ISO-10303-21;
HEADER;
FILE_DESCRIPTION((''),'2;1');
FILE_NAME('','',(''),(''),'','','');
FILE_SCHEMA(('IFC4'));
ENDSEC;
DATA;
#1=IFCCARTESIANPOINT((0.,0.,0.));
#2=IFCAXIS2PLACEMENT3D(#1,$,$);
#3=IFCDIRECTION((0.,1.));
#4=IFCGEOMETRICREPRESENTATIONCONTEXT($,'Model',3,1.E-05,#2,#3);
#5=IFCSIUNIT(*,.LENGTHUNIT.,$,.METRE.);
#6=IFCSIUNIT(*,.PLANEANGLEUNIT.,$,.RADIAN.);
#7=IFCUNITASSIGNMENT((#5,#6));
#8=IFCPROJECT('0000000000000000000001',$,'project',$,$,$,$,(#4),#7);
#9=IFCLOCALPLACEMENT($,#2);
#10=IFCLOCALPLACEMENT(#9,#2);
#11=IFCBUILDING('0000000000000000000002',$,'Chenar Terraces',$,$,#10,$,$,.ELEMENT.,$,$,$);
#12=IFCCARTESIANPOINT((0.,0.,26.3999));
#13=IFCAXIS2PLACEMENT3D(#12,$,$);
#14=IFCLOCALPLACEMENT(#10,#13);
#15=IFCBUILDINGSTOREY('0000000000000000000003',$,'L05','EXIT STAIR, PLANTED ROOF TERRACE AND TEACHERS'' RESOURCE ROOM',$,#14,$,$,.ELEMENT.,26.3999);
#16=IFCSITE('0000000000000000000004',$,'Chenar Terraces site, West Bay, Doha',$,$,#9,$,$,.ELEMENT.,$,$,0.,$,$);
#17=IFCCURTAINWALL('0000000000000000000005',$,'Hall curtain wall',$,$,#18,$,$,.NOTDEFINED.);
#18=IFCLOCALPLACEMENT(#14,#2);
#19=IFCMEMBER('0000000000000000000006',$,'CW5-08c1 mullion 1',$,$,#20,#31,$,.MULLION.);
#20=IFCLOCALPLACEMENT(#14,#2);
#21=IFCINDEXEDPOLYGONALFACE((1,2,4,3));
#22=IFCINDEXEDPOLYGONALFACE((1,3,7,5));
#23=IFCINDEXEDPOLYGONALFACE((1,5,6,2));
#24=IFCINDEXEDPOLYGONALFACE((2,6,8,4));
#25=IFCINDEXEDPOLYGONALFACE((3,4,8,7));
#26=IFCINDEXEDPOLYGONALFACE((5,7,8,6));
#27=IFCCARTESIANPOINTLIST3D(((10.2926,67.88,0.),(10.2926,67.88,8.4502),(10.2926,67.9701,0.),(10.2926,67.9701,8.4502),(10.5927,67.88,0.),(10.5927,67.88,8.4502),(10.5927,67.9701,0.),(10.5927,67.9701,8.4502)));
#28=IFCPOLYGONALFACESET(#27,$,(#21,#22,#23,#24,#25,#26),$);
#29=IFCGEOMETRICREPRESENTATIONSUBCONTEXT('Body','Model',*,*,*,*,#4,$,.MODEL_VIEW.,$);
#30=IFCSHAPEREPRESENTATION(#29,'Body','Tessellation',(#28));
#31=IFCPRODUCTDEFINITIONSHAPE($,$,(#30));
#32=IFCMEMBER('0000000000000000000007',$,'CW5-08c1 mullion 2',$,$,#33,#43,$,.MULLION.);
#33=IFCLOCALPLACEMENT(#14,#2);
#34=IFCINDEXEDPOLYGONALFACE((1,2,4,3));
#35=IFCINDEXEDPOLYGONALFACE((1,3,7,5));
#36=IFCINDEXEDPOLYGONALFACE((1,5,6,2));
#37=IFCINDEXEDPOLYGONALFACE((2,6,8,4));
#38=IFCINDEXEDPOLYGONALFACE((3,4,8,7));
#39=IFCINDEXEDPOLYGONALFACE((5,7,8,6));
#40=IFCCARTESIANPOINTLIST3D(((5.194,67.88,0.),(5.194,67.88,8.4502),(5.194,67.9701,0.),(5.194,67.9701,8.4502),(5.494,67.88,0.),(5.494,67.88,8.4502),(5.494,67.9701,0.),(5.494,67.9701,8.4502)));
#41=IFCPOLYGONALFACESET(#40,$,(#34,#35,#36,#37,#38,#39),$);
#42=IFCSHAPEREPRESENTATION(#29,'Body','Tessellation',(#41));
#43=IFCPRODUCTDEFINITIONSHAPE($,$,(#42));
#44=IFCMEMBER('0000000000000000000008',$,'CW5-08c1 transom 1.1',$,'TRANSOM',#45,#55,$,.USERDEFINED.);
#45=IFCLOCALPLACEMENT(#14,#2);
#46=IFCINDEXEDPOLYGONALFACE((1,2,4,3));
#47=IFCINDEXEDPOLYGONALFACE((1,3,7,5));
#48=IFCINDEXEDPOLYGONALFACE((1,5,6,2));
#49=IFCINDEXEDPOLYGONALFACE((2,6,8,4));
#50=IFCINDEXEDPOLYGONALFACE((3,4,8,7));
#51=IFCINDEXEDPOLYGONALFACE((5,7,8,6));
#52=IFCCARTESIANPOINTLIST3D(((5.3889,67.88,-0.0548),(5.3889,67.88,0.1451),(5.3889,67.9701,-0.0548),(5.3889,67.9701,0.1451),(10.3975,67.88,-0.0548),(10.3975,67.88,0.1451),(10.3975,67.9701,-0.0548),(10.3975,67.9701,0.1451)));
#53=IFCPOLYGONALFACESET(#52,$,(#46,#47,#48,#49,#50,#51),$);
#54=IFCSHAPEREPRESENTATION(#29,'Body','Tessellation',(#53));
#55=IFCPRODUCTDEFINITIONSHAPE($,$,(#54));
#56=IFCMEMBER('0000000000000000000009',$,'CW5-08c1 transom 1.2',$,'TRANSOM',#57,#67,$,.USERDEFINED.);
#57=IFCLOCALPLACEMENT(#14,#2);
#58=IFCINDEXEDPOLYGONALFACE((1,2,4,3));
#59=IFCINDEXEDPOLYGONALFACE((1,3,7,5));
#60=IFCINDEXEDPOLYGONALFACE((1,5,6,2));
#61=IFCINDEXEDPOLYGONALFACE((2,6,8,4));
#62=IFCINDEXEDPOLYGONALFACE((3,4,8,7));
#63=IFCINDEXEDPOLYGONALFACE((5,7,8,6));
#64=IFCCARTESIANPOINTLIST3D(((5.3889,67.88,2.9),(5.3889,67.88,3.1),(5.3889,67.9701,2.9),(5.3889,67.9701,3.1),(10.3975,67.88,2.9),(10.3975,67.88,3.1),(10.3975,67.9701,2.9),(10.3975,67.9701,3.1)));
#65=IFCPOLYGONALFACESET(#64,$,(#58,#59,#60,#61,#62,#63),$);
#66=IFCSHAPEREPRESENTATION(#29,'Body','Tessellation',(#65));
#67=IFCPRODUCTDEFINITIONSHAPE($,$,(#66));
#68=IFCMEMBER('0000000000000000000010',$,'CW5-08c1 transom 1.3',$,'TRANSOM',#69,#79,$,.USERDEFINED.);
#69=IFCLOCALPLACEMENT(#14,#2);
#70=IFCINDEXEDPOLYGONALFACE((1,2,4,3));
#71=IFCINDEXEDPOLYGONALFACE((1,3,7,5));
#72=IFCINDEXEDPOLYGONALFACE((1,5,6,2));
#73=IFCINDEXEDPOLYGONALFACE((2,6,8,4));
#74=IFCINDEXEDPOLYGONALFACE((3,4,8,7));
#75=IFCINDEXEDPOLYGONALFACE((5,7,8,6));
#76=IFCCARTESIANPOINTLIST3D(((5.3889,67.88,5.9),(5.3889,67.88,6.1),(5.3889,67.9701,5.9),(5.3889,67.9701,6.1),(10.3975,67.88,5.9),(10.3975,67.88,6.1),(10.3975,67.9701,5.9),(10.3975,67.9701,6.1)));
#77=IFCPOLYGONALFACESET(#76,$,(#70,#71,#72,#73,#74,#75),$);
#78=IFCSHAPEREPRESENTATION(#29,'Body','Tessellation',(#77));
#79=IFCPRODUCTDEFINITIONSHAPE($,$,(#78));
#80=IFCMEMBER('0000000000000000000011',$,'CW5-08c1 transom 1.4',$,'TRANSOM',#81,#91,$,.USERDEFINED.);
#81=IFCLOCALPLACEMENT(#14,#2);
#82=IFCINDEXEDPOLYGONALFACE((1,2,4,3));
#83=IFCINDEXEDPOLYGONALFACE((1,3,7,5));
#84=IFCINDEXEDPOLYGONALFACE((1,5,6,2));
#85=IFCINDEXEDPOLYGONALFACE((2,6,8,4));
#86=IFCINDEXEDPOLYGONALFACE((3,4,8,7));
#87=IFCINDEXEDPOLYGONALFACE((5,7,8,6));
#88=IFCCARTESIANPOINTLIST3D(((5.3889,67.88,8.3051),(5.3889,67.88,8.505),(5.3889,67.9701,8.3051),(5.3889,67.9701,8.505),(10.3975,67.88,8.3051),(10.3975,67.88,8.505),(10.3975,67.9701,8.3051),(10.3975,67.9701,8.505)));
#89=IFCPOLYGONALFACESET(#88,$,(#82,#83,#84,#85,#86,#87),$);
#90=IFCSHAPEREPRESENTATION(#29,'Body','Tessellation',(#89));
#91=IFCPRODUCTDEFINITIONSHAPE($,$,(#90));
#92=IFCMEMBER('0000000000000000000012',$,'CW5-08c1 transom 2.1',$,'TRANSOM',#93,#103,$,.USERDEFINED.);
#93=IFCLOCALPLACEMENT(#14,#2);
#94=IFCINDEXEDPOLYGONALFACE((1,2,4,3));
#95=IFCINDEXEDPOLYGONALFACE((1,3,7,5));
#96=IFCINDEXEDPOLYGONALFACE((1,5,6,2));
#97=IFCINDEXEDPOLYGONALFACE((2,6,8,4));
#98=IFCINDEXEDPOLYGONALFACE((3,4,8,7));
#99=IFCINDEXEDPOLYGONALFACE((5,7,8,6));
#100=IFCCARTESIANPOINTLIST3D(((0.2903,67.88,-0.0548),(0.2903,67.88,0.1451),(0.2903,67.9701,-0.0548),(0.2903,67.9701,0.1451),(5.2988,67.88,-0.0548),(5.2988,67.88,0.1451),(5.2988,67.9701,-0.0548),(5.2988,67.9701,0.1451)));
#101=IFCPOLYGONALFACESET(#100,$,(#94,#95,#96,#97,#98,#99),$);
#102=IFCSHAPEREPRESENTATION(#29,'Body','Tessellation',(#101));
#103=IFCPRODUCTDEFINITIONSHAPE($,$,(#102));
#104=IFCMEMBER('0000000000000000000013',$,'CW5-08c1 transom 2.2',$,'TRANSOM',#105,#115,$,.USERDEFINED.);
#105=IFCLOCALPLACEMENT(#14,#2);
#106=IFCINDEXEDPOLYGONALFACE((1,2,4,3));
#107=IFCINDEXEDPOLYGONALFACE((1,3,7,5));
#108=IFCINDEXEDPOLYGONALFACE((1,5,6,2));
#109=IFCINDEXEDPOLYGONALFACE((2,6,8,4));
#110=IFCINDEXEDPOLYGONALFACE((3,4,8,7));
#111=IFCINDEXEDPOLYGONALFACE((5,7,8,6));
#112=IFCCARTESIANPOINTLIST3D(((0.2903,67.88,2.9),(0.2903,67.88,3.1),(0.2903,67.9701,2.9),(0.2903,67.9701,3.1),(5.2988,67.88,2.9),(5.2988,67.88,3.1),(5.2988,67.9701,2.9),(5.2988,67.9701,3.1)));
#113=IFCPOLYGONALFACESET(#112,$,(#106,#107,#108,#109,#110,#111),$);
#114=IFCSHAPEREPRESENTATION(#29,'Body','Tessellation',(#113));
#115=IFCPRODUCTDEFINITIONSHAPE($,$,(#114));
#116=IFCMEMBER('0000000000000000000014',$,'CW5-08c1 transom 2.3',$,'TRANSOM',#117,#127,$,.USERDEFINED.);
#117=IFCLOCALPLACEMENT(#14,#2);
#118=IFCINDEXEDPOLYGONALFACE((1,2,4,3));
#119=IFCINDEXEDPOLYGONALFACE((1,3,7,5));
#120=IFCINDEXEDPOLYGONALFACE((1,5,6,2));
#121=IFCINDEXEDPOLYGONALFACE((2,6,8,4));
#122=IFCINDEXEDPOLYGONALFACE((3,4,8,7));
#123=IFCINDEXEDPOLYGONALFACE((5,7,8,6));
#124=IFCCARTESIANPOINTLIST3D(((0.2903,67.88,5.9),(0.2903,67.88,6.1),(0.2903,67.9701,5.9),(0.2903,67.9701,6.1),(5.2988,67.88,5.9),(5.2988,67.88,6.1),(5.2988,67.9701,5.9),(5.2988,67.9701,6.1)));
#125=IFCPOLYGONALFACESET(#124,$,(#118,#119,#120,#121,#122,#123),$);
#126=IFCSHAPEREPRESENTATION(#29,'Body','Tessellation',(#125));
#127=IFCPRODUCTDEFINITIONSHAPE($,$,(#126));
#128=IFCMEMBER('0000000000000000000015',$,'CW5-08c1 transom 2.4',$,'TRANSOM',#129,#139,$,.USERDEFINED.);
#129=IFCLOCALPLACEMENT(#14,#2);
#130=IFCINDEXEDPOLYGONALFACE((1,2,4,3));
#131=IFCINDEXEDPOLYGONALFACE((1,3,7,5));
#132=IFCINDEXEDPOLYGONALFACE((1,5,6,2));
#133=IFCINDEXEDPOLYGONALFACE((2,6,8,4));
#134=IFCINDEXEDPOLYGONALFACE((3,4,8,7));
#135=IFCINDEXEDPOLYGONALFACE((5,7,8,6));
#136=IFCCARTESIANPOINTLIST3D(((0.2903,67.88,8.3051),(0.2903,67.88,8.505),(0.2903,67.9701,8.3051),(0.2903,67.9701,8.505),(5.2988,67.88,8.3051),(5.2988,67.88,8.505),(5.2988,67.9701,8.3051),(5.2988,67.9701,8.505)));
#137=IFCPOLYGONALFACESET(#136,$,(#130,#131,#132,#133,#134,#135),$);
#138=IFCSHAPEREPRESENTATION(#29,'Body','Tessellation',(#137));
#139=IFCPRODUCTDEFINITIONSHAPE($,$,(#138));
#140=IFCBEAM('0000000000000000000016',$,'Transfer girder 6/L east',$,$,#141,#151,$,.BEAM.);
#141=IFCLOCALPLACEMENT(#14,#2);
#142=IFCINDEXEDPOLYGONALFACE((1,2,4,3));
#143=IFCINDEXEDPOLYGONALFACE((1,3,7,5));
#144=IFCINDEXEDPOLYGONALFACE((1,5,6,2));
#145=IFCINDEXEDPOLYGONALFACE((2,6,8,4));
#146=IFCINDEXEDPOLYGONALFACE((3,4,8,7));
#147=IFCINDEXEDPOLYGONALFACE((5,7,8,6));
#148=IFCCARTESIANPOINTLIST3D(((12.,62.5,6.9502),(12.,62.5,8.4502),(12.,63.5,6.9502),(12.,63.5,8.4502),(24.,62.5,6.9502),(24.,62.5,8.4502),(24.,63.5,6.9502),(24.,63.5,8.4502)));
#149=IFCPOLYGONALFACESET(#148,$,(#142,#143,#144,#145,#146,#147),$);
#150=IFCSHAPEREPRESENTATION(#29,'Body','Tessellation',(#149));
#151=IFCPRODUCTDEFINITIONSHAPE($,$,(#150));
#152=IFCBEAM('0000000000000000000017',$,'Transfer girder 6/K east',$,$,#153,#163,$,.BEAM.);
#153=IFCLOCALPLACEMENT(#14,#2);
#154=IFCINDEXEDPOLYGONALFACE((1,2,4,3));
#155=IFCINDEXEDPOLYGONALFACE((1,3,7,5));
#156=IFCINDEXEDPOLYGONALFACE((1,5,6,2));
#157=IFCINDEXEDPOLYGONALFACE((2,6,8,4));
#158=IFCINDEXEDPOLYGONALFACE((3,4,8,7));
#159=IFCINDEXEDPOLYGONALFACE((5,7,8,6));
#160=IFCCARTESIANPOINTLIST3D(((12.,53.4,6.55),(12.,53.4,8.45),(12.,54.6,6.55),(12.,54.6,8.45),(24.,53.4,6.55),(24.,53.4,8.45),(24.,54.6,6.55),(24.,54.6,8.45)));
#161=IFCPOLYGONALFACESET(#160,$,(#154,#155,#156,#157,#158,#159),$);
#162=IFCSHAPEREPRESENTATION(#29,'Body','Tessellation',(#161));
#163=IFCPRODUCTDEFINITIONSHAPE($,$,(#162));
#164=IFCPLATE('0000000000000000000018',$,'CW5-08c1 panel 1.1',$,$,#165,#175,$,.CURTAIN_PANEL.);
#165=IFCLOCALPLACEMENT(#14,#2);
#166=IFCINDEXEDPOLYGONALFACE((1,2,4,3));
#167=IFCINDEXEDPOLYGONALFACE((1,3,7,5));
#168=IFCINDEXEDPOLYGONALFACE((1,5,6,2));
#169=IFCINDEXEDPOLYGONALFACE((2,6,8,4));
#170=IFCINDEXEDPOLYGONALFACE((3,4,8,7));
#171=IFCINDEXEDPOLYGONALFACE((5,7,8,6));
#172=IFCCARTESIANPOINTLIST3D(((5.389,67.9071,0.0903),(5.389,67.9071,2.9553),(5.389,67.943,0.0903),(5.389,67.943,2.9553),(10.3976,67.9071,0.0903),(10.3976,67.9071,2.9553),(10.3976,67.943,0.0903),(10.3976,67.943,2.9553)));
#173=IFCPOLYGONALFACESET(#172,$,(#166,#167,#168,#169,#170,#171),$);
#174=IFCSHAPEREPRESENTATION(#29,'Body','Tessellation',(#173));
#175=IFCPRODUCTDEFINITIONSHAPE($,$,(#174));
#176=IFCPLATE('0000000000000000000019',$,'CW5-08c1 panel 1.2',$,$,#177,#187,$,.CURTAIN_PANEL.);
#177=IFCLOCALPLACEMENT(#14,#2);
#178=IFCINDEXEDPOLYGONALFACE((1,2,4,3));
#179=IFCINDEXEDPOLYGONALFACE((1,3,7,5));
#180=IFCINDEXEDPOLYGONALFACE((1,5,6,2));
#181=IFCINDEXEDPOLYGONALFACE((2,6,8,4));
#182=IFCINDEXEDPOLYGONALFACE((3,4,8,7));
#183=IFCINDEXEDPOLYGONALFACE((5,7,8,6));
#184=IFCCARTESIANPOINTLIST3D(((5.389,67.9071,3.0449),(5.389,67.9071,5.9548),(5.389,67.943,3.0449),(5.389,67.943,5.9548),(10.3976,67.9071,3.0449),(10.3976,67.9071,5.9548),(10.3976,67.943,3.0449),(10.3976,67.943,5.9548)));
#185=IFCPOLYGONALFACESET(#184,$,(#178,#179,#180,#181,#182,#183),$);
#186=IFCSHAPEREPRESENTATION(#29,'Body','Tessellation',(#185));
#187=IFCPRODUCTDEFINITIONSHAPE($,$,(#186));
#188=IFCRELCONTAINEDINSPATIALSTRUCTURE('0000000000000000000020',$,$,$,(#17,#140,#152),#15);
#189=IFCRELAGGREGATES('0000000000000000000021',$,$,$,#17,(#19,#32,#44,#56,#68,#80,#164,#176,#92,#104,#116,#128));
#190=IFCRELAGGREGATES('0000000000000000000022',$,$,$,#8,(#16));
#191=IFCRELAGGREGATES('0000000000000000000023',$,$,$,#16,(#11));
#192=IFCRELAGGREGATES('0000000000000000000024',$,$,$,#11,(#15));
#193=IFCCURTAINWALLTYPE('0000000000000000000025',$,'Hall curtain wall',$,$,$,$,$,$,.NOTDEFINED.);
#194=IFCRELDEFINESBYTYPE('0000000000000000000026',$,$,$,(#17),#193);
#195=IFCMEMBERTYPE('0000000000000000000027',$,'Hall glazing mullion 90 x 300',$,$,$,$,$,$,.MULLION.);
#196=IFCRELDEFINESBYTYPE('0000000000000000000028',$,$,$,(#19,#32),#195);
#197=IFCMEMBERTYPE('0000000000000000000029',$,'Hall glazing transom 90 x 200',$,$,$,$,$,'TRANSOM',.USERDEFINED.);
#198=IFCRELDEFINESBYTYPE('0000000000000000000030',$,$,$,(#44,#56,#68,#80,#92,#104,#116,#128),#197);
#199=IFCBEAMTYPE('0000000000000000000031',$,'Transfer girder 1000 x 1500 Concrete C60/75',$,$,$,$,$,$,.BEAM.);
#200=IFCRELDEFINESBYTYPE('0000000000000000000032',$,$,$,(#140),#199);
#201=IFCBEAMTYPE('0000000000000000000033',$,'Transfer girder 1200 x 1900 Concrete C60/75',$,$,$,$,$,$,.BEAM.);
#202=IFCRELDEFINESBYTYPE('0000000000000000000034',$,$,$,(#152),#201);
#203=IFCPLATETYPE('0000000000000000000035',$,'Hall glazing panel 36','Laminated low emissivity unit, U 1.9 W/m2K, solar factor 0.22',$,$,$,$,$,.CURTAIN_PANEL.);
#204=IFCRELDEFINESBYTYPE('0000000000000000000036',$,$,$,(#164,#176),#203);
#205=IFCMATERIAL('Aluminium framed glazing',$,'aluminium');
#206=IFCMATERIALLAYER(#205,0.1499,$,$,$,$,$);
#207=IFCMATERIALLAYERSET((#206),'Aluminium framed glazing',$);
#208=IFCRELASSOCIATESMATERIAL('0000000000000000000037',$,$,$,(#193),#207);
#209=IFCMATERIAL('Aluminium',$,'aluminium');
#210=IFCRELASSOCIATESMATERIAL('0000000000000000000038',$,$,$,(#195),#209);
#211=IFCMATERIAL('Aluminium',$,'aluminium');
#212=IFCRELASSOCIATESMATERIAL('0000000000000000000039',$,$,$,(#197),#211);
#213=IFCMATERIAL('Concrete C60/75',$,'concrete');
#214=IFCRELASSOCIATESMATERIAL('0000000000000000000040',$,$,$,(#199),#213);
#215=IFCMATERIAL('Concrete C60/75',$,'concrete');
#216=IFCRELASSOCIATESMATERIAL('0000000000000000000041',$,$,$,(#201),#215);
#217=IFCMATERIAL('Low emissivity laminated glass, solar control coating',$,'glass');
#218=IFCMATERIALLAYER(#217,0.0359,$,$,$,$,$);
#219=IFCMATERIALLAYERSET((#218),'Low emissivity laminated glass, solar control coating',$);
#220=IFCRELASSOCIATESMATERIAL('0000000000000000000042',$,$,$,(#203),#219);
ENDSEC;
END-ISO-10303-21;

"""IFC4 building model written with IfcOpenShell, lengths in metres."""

from ifc_helpers import new_model, si_unit, direction, frame, frame_2d, origin, origin_2d, place, context, subcontext, project, spatial, rectangle, extrude, material, layer, layer_set, material_profile, profile_set, type_object, element, aggregate, save


model = new_model("IFC4")

# Units and contexts
model_context = context("Model", 3, precision=1e-05, world=origin(), true_north=direction((0.0, 1.0)))
body_context = subcontext(model_context, "Body", "Model", "MODEL_VIEW")
ifc_project = project(units=[si_unit("LENGTHUNIT", "METRE"), si_unit("PLANEANGLEUNIT", "RADIAN")], contexts=[model_context])

# Site, building, storey
site_placement = place(None, origin())
site = spatial("IfcSite", under=ifc_project, at=site_placement, Name="Chenar Terraces site, West Bay, Doha", CompositionType="ELEMENT", RefElevation=0.0)
building_placement = place(site_placement, origin())
building = spatial("IfcBuilding", under=site, at=building_placement, Name="Chenar Terraces", CompositionType="ELEMENT")
storey_placement = place(building_placement, frame((0.0, 0.0, 26.3999)))
storey = spatial("IfcBuildingStorey", under=building, at=storey_placement, Name="L05", Description="EXIT STAIR, PLANTED ROOF TERRACE AND TEACHERS' RESOURCE ROOM", CompositionType="ELEMENT", Elevation=26.3999)

# Curtain wall, members
ifc_material_1 = material(Name="Aluminium framed glazing", Category="aluminium")
ifc_layer_1 = layer(ifc_material_1, 0.1499)
ifc_layer_set_1 = layer_set([ifc_layer_1], Name="Aluminium framed glazing")
curtain_wall_type = type_object("IfcCurtainWallType", Name="Hall curtain wall", PredefinedType="NOTDEFINED", material=ifc_layer_set_1)
placement = place(storey_placement, origin())
curtain_wall = element("IfcCurtainWall", 1, at=placement, inside=storey, type_object=curtain_wall_type, Name="Hall curtain wall", PredefinedType="NOTDEFINED")
ifc_material_2 = material(Name="Aluminium", Category="aluminium")
ifc_material_profile_1 = material_profile(ifc_material_2, rectangle(XDim=0.0901, YDim=0.3, at=origin_2d()), Name="Hall glazing mullion 90 x 300")
ifc_profile_set_1 = profile_set([ifc_material_profile_1], Name="Aluminium")
member_type_1 = type_object("IfcMemberType", Name="Hall glazing mullion 90 x 300", PredefinedType="MULLION", material=ifc_profile_set_1)
member_1_placement = place(storey_placement, frame((10.4426, 67.925, 0.0), z_axis=(0.0, 0.0, 1.0), x_axis=(0.0, -1.0, 0.0)))
member_1 = element("IfcMember", 2, at=member_1_placement, type_object=member_type_1, Name="CW5-08c1 mullion 1", PredefinedType="MULLION", context=body_context, shape_type="SweptSolid", body=[
    extrude(rectangle(XDim=0.0901, YDim=0.3, at=origin_2d()), origin(), (0.0, 0.0, 1.0), 8.4502),
])
member_2_placement = place(storey_placement, frame((5.344, 67.925, 0.0), z_axis=(0.0, 0.0, 1.0), x_axis=(0.0, -1.0, 0.0)))
member_2 = element("IfcMember", 3, at=member_2_placement, type_object=member_type_1, Name="CW5-08c1 mullion 2", PredefinedType="MULLION", context=body_context, shape_type="SweptSolid", body=[
    extrude(rectangle(XDim=0.0901, YDim=0.3, at=origin_2d()), origin(), (0.0, 0.0, 1.0), 8.4502),
])
ifc_material_3 = material(Name="Aluminium", Category="aluminium")
ifc_material_profile_2 = material_profile(ifc_material_3, rectangle(XDim=0.0901, YDim=0.2, at=origin_2d()), Name="Hall glazing transom 90 x 200")
ifc_profile_set_2 = profile_set([ifc_material_profile_2], Name="Aluminium")
member_type_2 = type_object("IfcMemberType", Name="Hall glazing transom 90 x 200", ElementType="TRANSOM", PredefinedType="USERDEFINED", material=ifc_profile_set_2)
member_3_placement = place(storey_placement, frame((10.3975, 67.925, 0.0452), z_axis=(-1.0, 0.0, 0.0), x_axis=(0.0, -1.0, 0.0)))
member_3 = element("IfcMember", 4, at=member_3_placement, type_object=member_type_2, Name="CW5-08c1 transom 1.1", ObjectType="TRANSOM", PredefinedType="USERDEFINED", context=body_context, shape_type="SweptSolid", body=[
    extrude(rectangle(XDim=0.0901, YDim=0.2, at=origin_2d()), origin(), (0.0, 0.0, 1.0), 5.0085),
])
member_4_placement = place(storey_placement, frame((10.3975, 67.925, 3.0), z_axis=(-1.0, 0.0, 0.0), x_axis=(0.0, -1.0, 0.0)))
member_4 = element("IfcMember", 5, at=member_4_placement, type_object=member_type_2, Name="CW5-08c1 transom 1.2", ObjectType="TRANSOM", PredefinedType="USERDEFINED", context=body_context, shape_type="SweptSolid", body=[
    extrude(rectangle(XDim=0.0901, YDim=0.2, at=origin_2d()), origin(), (0.0, 0.0, 1.0), 5.0085),
])
member_5_placement = place(storey_placement, frame((10.3975, 67.925, 6.0), z_axis=(-1.0, 0.0, 0.0), x_axis=(0.0, -1.0, 0.0)))
member_5 = element("IfcMember", 6, at=member_5_placement, type_object=member_type_2, Name="CW5-08c1 transom 1.3", ObjectType="TRANSOM", PredefinedType="USERDEFINED", context=body_context, shape_type="SweptSolid", body=[
    extrude(rectangle(XDim=0.0901, YDim=0.2, at=origin_2d()), origin(), (0.0, 0.0, 1.0), 5.0085),
])
member_6_placement = place(storey_placement, frame((10.3975, 67.925, 8.405), z_axis=(-1.0, 0.0, 0.0), x_axis=(0.0, -1.0, 0.0)))
member_6 = element("IfcMember", 7, at=member_6_placement, type_object=member_type_2, Name="CW5-08c1 transom 1.4", ObjectType="TRANSOM", PredefinedType="USERDEFINED", context=body_context, shape_type="SweptSolid", body=[
    extrude(rectangle(XDim=0.0901, YDim=0.2, at=origin_2d()), origin(), (0.0, 0.0, 1.0), 5.0085),
])
member_7_placement = place(storey_placement, frame((5.2988, 67.925, 0.0452), z_axis=(-1.0, 0.0, 0.0), x_axis=(0.0, -1.0, 0.0)))
member_7 = element("IfcMember", 8, at=member_7_placement, type_object=member_type_2, Name="CW5-08c1 transom 2.1", ObjectType="TRANSOM", PredefinedType="USERDEFINED", context=body_context, shape_type="SweptSolid", body=[
    extrude(rectangle(XDim=0.0901, YDim=0.2, at=origin_2d()), origin(), (0.0, 0.0, 1.0), 5.0085),
])
member_8_placement = place(storey_placement, frame((5.2988, 67.925, 3.0), z_axis=(-1.0, 0.0, 0.0), x_axis=(0.0, -1.0, 0.0)))
member_8 = element("IfcMember", 9, at=member_8_placement, type_object=member_type_2, Name="CW5-08c1 transom 2.2", ObjectType="TRANSOM", PredefinedType="USERDEFINED", context=body_context, shape_type="SweptSolid", body=[
    extrude(rectangle(XDim=0.0901, YDim=0.2, at=origin_2d()), origin(), (0.0, 0.0, 1.0), 5.0085),
])
member_9_placement = place(storey_placement, frame((5.2988, 67.925, 6.0), z_axis=(-1.0, 0.0, 0.0), x_axis=(0.0, -1.0, 0.0)))
member_9 = element("IfcMember", 10, at=member_9_placement, type_object=member_type_2, Name="CW5-08c1 transom 2.3", ObjectType="TRANSOM", PredefinedType="USERDEFINED", context=body_context, shape_type="SweptSolid", body=[
    extrude(rectangle(XDim=0.0901, YDim=0.2, at=origin_2d()), origin(), (0.0, 0.0, 1.0), 5.0085),
])
member_10_placement = place(storey_placement, frame((5.2988, 67.925, 8.405), z_axis=(-1.0, 0.0, 0.0), x_axis=(0.0, -1.0, 0.0)))
member_10 = element("IfcMember", 11, at=member_10_placement, type_object=member_type_2, Name="CW5-08c1 transom 2.4", ObjectType="TRANSOM", PredefinedType="USERDEFINED", context=body_context, shape_type="SweptSolid", body=[
    extrude(rectangle(XDim=0.0901, YDim=0.2, at=origin_2d()), origin(), (0.0, 0.0, 1.0), 5.0085),
])

# Beams
ifc_material_4 = material(Name="Concrete C60/75", Category="concrete")
ifc_material_profile_3 = material_profile(ifc_material_4, rectangle(XDim=1.0, YDim=1.5, at=origin_2d()), Name="RC 1000 x 1500")
ifc_profile_set_3 = profile_set([ifc_material_profile_3], Name="Concrete C60/75")
beam_type_1 = type_object("IfcBeamType", Name="Transfer girder 1000 x 1500 Concrete C60/75", PredefinedType="BEAM", material=ifc_profile_set_3)
beam_1_placement = place(storey_placement, frame((12.0, 63.0, 8.4502), z_axis=(1.0, 0.0, 0.0), x_axis=(0.0, 1.0, 0.0)))
element("IfcBeam", 12, at=beam_1_placement, inside=storey, type_object=beam_type_1, Name="Transfer girder 6/L east", PredefinedType="BEAM", context=body_context, shape_type="SweptSolid", body=[
    extrude(rectangle(XDim=1.0, YDim=1.5, at=frame_2d((0.0, -0.75))), origin(), (0.0, 0.0, 1.0), 12.0),
])
ifc_material_5 = material(Name="Concrete C60/75", Category="concrete")
ifc_material_profile_4 = material_profile(ifc_material_5, rectangle(XDim=1.2, YDim=1.8999, at=origin_2d()), Name="RC 1200 x 1900")
ifc_profile_set_4 = profile_set([ifc_material_profile_4], Name="Concrete C60/75")
beam_type_2 = type_object("IfcBeamType", Name="Transfer girder 1200 x 1900 Concrete C60/75", PredefinedType="BEAM", material=ifc_profile_set_4)
beam_2_placement = place(storey_placement, frame((12.0, 54.0, 8.45), z_axis=(1.0, 0.0, 0.0), x_axis=(0.0, 1.0, 0.0)))
element("IfcBeam", 13, at=beam_2_placement, inside=storey, type_object=beam_type_2, Name="Transfer girder 6/K east", PredefinedType="BEAM", context=body_context, shape_type="SweptSolid", body=[
    extrude(rectangle(XDim=1.2, YDim=1.8999, at=frame_2d((0.0, -0.95))), origin(), (0.0, 0.0, 1.0), 12.0),
])

# Plates
ifc_material_6 = material(Name="Low emissivity laminated glass, solar control coating", Category="glass")
ifc_layer_2 = layer(ifc_material_6, 0.0359)
ifc_layer_set_2 = layer_set([ifc_layer_2], Name="Low emissivity laminated glass, solar control coating")
plate_type = type_object("IfcPlateType", Name="Hall glazing panel 36", Description="Laminated low emissivity unit, U 1.9 W/m2K, solar factor 0.22", PredefinedType="CURTAIN_PANEL", material=ifc_layer_set_2)
plate_1_placement = place(storey_placement, frame((7.8933, 67.925, 0.0903), z_axis=(0.0, 0.0, 1.0), x_axis=(-1.0, 0.0, 0.0)))
plate_1 = element("IfcPlate", 14, at=plate_1_placement, type_object=plate_type, Name="CW5-08c1 panel 1.1", PredefinedType="CURTAIN_PANEL", context=body_context, shape_type="SweptSolid", body=[
    extrude(rectangle(XDim=5.0085, YDim=0.0359, at=origin_2d()), origin(), (0.0, 0.0, 1.0), 2.865),
])
plate_2_placement = place(storey_placement, frame((7.8933, 67.925, 3.0449), z_axis=(0.0, 0.0, 1.0), x_axis=(-1.0, 0.0, 0.0)))
plate_2 = element("IfcPlate", 15, at=plate_2_placement, type_object=plate_type, Name="CW5-08c1 panel 1.2", PredefinedType="CURTAIN_PANEL", context=body_context, shape_type="SweptSolid", body=[
    extrude(rectangle(XDim=5.0085, YDim=0.0359, at=origin_2d()), origin(), (0.0, 0.0, 1.0), 2.9099),
])
aggregate(curtain_wall, [member_1, member_2, member_3, member_4, member_5, member_6, plate_1, plate_2, member_7, member_8, member_9, member_10])

save(model, "model.ifc")
